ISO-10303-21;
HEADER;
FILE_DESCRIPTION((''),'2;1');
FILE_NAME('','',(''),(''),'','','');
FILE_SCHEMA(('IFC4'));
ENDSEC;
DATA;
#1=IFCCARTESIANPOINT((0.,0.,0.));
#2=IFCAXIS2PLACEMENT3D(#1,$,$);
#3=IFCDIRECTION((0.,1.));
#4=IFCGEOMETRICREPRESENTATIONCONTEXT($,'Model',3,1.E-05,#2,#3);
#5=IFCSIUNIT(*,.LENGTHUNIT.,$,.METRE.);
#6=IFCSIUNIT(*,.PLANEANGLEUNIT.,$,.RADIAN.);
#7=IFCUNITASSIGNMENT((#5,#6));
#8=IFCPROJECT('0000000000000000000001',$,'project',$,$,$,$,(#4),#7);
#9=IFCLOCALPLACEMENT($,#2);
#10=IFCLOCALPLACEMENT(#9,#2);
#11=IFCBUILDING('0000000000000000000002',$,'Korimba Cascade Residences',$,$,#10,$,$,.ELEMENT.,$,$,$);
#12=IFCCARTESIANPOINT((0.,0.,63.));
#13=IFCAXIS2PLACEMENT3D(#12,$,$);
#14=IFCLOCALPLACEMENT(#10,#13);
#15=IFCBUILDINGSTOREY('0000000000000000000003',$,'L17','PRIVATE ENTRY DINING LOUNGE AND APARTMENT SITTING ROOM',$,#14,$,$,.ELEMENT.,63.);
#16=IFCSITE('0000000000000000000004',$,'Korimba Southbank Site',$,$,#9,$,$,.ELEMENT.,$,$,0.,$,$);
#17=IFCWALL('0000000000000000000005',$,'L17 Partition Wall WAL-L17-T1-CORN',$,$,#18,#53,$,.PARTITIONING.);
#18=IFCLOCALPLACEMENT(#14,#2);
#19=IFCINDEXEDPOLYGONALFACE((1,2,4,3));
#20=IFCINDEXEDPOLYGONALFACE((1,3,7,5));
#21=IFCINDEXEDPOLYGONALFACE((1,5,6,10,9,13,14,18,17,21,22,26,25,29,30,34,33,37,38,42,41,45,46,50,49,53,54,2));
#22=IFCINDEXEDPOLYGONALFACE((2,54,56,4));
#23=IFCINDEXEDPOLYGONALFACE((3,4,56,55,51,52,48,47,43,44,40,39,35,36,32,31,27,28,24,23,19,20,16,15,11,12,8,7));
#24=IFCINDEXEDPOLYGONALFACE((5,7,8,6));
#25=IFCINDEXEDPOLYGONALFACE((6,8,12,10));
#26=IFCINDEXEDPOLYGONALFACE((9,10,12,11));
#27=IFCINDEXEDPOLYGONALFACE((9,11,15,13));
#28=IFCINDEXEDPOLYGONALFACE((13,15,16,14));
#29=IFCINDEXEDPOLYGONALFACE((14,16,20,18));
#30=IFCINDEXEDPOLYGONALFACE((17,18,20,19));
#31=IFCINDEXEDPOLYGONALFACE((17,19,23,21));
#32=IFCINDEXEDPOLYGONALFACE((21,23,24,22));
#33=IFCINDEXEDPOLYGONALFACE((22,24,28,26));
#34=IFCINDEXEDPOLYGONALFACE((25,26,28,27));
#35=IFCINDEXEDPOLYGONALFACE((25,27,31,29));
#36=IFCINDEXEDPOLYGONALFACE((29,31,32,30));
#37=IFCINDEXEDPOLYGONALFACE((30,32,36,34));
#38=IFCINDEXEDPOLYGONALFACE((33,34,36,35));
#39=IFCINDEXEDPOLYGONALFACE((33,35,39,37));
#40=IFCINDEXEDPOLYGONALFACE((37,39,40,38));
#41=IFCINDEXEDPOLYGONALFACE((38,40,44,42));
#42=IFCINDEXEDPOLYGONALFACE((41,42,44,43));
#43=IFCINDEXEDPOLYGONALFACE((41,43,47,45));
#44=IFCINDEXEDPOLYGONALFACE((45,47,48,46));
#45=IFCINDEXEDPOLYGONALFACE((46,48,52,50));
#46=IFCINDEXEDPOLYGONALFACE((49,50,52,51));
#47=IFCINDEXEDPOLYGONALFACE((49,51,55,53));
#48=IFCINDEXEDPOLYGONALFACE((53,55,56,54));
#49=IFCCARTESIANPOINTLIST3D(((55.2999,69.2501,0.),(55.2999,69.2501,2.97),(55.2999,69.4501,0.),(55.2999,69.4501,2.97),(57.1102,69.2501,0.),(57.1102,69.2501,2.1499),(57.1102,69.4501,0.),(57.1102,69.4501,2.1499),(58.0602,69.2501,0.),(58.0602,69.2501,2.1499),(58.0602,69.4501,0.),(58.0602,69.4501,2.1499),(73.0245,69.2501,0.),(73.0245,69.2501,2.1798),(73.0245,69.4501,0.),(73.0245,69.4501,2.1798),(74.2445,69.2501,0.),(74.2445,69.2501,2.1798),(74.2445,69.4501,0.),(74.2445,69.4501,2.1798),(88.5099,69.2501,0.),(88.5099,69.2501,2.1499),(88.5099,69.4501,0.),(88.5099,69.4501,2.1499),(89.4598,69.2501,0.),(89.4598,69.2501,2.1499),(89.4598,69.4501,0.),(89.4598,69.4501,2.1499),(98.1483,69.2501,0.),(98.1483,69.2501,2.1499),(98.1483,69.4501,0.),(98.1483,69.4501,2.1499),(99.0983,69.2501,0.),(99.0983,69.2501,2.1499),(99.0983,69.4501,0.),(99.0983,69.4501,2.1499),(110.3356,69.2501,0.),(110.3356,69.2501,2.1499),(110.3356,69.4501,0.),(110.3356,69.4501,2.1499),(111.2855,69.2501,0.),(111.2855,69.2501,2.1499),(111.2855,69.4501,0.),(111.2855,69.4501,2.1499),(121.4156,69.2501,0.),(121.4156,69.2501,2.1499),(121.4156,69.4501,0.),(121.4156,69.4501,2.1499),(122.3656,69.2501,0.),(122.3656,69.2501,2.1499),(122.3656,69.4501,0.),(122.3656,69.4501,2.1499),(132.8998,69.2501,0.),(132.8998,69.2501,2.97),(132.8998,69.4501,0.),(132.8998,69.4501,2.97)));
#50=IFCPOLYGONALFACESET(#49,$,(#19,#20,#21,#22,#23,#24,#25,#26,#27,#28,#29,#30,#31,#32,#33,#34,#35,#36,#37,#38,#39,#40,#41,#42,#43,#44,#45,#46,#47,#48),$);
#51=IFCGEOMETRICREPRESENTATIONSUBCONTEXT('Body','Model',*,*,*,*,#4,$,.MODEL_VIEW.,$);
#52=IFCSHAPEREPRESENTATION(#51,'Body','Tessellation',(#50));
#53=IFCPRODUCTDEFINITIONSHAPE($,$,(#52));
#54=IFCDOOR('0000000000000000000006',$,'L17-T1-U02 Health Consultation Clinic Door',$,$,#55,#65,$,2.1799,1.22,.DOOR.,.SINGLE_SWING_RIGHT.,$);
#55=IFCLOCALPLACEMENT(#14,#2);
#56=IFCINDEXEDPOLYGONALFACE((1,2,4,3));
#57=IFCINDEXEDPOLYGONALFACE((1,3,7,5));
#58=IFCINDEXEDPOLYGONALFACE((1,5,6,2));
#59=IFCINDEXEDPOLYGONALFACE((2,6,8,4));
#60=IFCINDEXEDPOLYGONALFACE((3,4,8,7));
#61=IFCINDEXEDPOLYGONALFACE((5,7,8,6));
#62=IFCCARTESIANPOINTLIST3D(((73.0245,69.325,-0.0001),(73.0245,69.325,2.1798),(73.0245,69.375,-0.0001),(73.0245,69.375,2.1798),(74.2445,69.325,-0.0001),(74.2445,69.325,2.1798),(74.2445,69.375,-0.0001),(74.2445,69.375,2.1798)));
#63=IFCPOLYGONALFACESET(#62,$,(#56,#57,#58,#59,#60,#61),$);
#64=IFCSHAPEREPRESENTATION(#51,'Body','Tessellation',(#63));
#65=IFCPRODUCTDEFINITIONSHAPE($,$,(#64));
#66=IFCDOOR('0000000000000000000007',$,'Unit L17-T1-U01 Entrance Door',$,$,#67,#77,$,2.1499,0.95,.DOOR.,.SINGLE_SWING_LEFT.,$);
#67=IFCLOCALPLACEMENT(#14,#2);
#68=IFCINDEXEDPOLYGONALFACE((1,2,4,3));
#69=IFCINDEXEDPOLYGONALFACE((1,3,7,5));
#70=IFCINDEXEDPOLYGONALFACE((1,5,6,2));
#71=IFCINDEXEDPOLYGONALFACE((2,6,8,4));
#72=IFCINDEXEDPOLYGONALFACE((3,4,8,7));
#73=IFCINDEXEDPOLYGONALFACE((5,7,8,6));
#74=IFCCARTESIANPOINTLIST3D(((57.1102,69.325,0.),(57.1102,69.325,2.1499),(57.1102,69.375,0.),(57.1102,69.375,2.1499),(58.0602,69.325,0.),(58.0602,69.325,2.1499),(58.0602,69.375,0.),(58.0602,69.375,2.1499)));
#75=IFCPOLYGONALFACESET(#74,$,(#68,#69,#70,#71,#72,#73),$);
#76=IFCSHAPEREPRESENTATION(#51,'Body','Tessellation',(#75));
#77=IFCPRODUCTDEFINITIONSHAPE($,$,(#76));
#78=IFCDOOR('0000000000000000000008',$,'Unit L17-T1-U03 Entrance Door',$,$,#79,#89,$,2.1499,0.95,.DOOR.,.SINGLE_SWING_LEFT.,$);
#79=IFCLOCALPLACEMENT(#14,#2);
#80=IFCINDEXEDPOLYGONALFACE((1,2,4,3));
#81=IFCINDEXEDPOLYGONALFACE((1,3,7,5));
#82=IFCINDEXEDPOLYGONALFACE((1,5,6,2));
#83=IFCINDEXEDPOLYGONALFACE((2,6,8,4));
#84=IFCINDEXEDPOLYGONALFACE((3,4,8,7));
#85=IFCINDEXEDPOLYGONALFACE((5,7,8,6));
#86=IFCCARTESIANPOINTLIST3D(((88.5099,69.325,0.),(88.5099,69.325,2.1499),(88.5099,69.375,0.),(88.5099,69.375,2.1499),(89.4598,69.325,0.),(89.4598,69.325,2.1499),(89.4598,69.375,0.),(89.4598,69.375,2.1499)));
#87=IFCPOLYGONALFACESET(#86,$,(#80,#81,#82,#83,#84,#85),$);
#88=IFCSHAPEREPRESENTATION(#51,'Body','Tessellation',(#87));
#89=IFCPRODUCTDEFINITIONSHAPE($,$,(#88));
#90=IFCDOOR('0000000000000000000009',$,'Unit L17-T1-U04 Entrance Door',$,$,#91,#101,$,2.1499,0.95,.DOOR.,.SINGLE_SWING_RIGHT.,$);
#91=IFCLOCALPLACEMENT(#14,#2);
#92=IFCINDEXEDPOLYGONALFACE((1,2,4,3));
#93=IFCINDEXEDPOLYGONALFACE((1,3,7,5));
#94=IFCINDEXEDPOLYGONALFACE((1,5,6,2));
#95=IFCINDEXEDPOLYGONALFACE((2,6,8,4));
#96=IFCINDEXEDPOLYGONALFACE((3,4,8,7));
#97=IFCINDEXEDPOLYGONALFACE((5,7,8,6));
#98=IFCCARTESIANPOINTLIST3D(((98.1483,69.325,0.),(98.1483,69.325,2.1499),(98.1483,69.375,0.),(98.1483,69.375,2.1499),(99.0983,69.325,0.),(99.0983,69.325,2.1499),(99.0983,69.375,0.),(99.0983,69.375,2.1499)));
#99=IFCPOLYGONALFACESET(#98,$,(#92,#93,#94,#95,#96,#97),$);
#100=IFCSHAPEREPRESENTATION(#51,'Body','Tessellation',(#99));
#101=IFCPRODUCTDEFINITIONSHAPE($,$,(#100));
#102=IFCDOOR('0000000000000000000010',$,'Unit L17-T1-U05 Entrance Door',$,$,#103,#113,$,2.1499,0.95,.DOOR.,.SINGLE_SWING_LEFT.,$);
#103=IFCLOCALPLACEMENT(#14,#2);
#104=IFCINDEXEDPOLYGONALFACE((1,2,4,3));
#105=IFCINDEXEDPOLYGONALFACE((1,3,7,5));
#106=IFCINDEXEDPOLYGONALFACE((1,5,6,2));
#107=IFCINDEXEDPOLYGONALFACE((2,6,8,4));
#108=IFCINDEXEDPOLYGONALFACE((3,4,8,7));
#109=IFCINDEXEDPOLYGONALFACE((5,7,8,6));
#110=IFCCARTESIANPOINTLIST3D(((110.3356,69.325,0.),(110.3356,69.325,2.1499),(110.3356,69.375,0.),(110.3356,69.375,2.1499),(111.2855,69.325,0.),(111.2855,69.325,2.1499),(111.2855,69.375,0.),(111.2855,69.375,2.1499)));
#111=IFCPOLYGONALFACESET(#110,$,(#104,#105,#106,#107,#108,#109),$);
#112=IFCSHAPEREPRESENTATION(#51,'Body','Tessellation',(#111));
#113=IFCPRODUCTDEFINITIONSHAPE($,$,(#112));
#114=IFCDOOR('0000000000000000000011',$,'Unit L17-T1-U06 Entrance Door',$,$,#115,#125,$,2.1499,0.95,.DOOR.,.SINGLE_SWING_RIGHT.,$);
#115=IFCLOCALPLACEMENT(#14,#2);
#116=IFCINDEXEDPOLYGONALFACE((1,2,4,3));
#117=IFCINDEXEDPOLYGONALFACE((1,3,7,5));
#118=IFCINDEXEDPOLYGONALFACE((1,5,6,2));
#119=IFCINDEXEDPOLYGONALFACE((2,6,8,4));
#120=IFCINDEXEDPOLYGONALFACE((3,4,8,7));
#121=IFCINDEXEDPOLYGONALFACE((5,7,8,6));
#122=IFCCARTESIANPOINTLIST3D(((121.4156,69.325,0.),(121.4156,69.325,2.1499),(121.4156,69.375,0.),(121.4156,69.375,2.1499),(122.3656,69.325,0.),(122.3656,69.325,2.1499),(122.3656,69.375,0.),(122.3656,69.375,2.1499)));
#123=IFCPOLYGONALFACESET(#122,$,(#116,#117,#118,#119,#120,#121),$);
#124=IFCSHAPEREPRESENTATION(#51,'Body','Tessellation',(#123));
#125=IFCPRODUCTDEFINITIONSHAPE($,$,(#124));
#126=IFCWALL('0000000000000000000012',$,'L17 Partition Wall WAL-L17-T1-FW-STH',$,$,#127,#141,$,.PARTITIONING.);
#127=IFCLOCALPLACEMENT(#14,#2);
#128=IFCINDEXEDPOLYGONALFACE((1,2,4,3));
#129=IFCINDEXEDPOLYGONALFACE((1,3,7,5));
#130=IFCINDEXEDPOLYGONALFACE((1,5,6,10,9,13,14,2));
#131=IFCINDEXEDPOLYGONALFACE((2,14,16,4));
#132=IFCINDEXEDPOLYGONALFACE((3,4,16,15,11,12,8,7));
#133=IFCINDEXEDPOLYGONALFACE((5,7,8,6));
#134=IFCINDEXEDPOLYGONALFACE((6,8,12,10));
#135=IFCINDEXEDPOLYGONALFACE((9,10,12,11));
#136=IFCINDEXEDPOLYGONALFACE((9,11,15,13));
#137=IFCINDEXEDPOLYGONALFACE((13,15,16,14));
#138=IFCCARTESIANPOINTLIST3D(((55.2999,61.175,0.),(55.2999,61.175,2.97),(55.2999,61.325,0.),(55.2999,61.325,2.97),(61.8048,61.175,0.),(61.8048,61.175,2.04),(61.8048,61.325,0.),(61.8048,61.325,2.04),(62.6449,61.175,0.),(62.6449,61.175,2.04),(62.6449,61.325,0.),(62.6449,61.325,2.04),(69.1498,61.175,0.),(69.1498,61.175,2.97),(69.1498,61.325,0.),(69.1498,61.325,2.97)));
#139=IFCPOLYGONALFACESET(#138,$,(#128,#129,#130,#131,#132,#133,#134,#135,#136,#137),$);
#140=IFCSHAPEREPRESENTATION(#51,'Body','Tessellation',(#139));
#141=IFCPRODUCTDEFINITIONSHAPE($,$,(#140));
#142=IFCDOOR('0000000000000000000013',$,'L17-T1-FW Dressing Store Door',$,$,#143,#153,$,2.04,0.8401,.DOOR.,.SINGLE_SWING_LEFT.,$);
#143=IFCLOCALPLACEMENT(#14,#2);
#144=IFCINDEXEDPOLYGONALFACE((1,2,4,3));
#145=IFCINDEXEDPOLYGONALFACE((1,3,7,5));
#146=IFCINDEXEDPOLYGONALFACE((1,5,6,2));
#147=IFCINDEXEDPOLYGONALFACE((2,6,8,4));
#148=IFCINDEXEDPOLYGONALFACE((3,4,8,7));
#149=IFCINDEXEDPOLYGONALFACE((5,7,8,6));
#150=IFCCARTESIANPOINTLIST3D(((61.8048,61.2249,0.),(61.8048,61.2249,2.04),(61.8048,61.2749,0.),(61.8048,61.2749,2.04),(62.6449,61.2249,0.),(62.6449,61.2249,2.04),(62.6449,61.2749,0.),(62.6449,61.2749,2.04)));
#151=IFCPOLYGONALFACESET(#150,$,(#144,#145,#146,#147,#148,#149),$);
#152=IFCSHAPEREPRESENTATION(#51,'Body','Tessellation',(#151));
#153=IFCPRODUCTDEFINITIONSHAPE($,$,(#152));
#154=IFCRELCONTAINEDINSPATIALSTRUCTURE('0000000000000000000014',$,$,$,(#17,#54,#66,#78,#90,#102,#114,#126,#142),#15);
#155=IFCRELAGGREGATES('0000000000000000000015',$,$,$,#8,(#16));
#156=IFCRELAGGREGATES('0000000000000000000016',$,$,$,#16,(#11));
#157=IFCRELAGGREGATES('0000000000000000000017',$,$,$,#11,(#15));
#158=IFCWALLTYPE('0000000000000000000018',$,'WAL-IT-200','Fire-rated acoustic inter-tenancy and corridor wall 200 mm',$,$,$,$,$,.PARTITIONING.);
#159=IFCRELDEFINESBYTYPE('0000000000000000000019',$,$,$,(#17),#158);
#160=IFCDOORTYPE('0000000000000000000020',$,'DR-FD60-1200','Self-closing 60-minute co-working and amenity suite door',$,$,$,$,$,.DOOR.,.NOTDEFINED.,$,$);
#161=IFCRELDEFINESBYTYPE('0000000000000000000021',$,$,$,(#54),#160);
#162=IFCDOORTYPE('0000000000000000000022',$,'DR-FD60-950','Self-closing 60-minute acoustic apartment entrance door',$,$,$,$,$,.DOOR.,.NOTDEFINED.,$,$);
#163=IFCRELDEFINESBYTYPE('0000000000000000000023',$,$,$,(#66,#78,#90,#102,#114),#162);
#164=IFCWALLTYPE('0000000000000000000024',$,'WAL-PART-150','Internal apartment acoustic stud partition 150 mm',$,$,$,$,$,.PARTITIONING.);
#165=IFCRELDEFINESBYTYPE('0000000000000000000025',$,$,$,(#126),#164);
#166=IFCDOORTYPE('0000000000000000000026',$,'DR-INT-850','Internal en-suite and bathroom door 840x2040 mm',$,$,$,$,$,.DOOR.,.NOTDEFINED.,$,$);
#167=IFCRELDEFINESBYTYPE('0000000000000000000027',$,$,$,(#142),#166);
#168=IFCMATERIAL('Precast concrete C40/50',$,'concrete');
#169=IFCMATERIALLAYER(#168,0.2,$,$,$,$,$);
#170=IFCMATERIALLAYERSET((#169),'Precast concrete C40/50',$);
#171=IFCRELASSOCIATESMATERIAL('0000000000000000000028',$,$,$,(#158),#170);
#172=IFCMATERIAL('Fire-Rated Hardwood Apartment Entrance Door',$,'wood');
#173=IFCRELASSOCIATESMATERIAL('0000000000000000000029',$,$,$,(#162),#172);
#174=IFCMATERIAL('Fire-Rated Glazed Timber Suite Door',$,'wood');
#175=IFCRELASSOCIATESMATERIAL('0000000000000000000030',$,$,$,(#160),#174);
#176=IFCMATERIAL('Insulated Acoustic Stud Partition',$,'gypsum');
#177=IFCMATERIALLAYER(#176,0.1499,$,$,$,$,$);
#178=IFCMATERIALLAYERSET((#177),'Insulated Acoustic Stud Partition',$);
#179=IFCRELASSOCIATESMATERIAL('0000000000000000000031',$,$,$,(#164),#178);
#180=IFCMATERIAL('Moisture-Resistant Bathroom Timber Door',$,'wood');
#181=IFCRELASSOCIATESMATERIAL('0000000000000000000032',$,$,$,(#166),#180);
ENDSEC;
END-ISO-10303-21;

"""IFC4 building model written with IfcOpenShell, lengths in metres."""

from ifc_helpers import new_model, si_unit, direction, frame, frame_2d, origin, place, context, subcontext, project, spatial, rectangle, extrude, material, layer, layer_set, type_object, element, fill, save


model = new_model("IFC4")

# Units and contexts
model_context = context("Model", 3, precision=1e-05, world=origin(), true_north=direction((0.0, 1.0)))
body_context = subcontext(model_context, "Body", "Model", "MODEL_VIEW")
ifc_project = project(units=[si_unit("LENGTHUNIT", "METRE"), si_unit("PLANEANGLEUNIT", "RADIAN")], contexts=[model_context])

# Site, building, storey
site_placement = place(None, origin())
site = spatial("IfcSite", under=ifc_project, at=site_placement, Name="Korimba Southbank Site", CompositionType="ELEMENT", RefElevation=0.0)
building_placement = place(site_placement, origin())
building = spatial("IfcBuilding", under=site, at=building_placement, Name="Korimba Cascade Residences", CompositionType="ELEMENT")
storey_placement = place(building_placement, frame((0.0, 0.0, 63.0)))
storey = spatial("IfcBuildingStorey", under=building, at=storey_placement, Name="L17", Description="PRIVATE ENTRY DINING LOUNGE AND APARTMENT SITTING ROOM", CompositionType="ELEMENT", Elevation=63.0)

# Shared definitions
ifc_material_1 = material(Name="Precast concrete C40/50", Category="concrete")
ifc_layer_1 = layer(ifc_material_1, 0.2)
ifc_layer_set_1 = layer_set([ifc_layer_1], Name="Precast concrete C40/50")
wall_type_1 = type_object("IfcWallType", Name="WAL-IT-200", Description="Fire-rated acoustic inter-tenancy and corridor wall 200 mm", PredefinedType="PARTITIONING", material=ifc_layer_set_1)
ifc_material_2 = material(Name="Fire-Rated Hardwood Apartment Entrance Door", Category="wood")
door_type_1 = type_object("IfcDoorType", Name="DR-FD60-950", Description="Self-closing 60-minute acoustic apartment entrance door", OperationType="NOTDEFINED", PredefinedType="DOOR", material=ifc_material_2)

# Wall, openings, doors
wall_1_placement = place(storey_placement, frame((55.3, 69.3501, 0.0), z_axis=(0.0, 0.0, 1.0), x_axis=(1.0, 0.0, 0.0)))
wall_1 = element("IfcWall", 1, at=wall_1_placement, inside=storey, type_object=wall_type_1, Name="L17 Partition Wall WAL-L17-T1-CORN", PredefinedType="PARTITIONING", context=body_context, shape_type="SweptSolid", body=[
    extrude(rectangle(XDim=77.5999, YDim=0.2, at=frame_2d((38.7998, 0.0))), origin(), (0.0, 0.0, 1.0), 2.97),
])
opening_1_placement = place(wall_1_placement, frame((1.8101, 0.0, 0.0)))
opening_1 = element("IfcOpeningElement", 2, at=opening_1_placement, cuts=wall_1, PredefinedType="OPENING", context=body_context, shape_type="SweptSolid", body=[
    extrude(rectangle(XDim=0.95, YDim=2.1499, at=frame_2d((0.4751, 1.075))), frame((0.0, 0.1099, 0.0), z_axis=(0.0, -1.0, 0.0), x_axis=(1.0, 0.0, 0.0)), (0.0, 0.0, 1.0), 0.22),
])
opening_2_placement = place(wall_1_placement, frame((17.7246, 0.0, 0.0)))
opening_2 = element("IfcOpeningElement", 3, at=opening_2_placement, cuts=wall_1, PredefinedType="OPENING", context=body_context, shape_type="SweptSolid", body=[
    extrude(rectangle(XDim=1.22, YDim=2.1799, at=frame_2d((0.6099, 1.0898))), frame((0.0, 0.1099, 0.0), z_axis=(0.0, -1.0, 0.0), x_axis=(1.0, 0.0, 0.0)), (0.0, 0.0, 1.0), 0.22),
])
opening_3_placement = place(wall_1_placement, frame((33.2097, 0.0, 0.0)))
opening_3 = element("IfcOpeningElement", 4, at=opening_3_placement, cuts=wall_1, PredefinedType="OPENING", context=body_context, shape_type="SweptSolid", body=[
    extrude(rectangle(XDim=0.95, YDim=2.1499, at=frame_2d((0.4751, 1.075))), frame((0.0, 0.1099, 0.0), z_axis=(0.0, -1.0, 0.0), x_axis=(1.0, 0.0, 0.0)), (0.0, 0.0, 1.0), 0.22),
])
opening_4_placement = place(wall_1_placement, frame((42.8481, 0.0, 0.0)))
opening_4 = element("IfcOpeningElement", 5, at=opening_4_placement, cuts=wall_1, PredefinedType="OPENING", context=body_context, shape_type="SweptSolid", body=[
    extrude(rectangle(XDim=0.95, YDim=2.1499, at=frame_2d((0.4751, 1.075))), frame((0.0, 0.1099, 0.0), z_axis=(0.0, -1.0, 0.0), x_axis=(1.0, 0.0, 0.0)), (0.0, 0.0, 1.0), 0.22),
])
opening_5_placement = place(wall_1_placement, frame((55.0354, 0.0, 0.0)))
opening_5 = element("IfcOpeningElement", 6, at=opening_5_placement, cuts=wall_1, PredefinedType="OPENING", context=body_context, shape_type="SweptSolid", body=[
    extrude(rectangle(XDim=0.95, YDim=2.1499, at=frame_2d((0.4751, 1.075))), frame((0.0, 0.1099, 0.0), z_axis=(0.0, -1.0, 0.0), x_axis=(1.0, 0.0, 0.0)), (0.0, 0.0, 1.0), 0.22),
])
opening_6_placement = place(wall_1_placement, frame((66.1155, 0.0, 0.0)))
opening_6 = element("IfcOpeningElement", 7, at=opening_6_placement, cuts=wall_1, PredefinedType="OPENING", context=body_context, shape_type="SweptSolid", body=[
    extrude(rectangle(XDim=0.95, YDim=2.1499, at=frame_2d((0.4751, 1.075))), frame((0.0, 0.1099, 0.0), z_axis=(0.0, -1.0, 0.0), x_axis=(1.0, 0.0, 0.0)), (0.0, 0.0, 1.0), 0.22),
])
ifc_material_3 = material(Name="Fire-Rated Glazed Timber Suite Door", Category="wood")
door_type_2 = type_object("IfcDoorType", Name="DR-FD60-1200", Description="Self-closing 60-minute co-working and amenity suite door", OperationType="NOTDEFINED", PredefinedType="DOOR", material=ifc_material_3)
door_1_placement = place(opening_2_placement, origin())
door_1 = element("IfcDoor", 8, at=door_1_placement, inside=storey, type_object=door_type_2, Name="L17-T1-U02 Health Consultation Clinic Door", OperationType="SINGLE_SWING_RIGHT", OverallHeight=2.1799, OverallWidth=1.22, PredefinedType="DOOR", context=body_context, shape_type="SweptSolid", body=[
    extrude(rectangle(XDim=1.22, YDim=2.1799, at=frame_2d((0.6099, 1.0898))), frame((0.0, 0.0249, 0.0), z_axis=(0.0, -1.0, 0.0), x_axis=(1.0, 0.0, 0.0)), (0.0, 0.0, 1.0), 0.05),
])
fill(opening_2, door_1)
door_2_placement = place(opening_1_placement, origin())
door_2 = element("IfcDoor", 9, at=door_2_placement, inside=storey, type_object=door_type_1, Name="Unit L17-T1-U01 Entrance Door", OperationType="SINGLE_SWING_LEFT", OverallHeight=2.1499, OverallWidth=0.95, PredefinedType="DOOR", context=body_context, shape_type="SweptSolid", body=[
    extrude(rectangle(XDim=0.95, YDim=2.1499, at=frame_2d((0.4751, 1.075))), frame((0.0, 0.0249, 0.0), z_axis=(0.0, -1.0, 0.0), x_axis=(1.0, 0.0, 0.0)), (0.0, 0.0, 1.0), 0.05),
])
fill(opening_1, door_2)
door_3_placement = place(opening_3_placement, origin())
door_3 = element("IfcDoor", 10, at=door_3_placement, inside=storey, type_object=door_type_1, Name="Unit L17-T1-U03 Entrance Door", OperationType="SINGLE_SWING_LEFT", OverallHeight=2.1499, OverallWidth=0.95, PredefinedType="DOOR", context=body_context, shape_type="SweptSolid", body=[
    extrude(rectangle(XDim=0.95, YDim=2.1499, at=frame_2d((0.4751, 1.075))), frame((0.0, 0.0249, 0.0), z_axis=(0.0, -1.0, 0.0), x_axis=(1.0, 0.0, 0.0)), (0.0, 0.0, 1.0), 0.05),
])
fill(opening_3, door_3)
door_4_placement = place(opening_4_placement, origin())
door_4 = element("IfcDoor", 11, at=door_4_placement, inside=storey, type_object=door_type_1, Name="Unit L17-T1-U04 Entrance Door", OperationType="SINGLE_SWING_RIGHT", OverallHeight=2.1499, OverallWidth=0.95, PredefinedType="DOOR", context=body_context, shape_type="SweptSolid", body=[
    extrude(rectangle(XDim=0.95, YDim=2.1499, at=frame_2d((0.4751, 1.075))), frame((0.0, 0.0249, 0.0), z_axis=(0.0, -1.0, 0.0), x_axis=(1.0, 0.0, 0.0)), (0.0, 0.0, 1.0), 0.05),
])
fill(opening_4, door_4)
door_5_placement = place(opening_5_placement, origin())
door_5 = element("IfcDoor", 12, at=door_5_placement, inside=storey, type_object=door_type_1, Name="Unit L17-T1-U05 Entrance Door", OperationType="SINGLE_SWING_LEFT", OverallHeight=2.1499, OverallWidth=0.95, PredefinedType="DOOR", context=body_context, shape_type="SweptSolid", body=[
    extrude(rectangle(XDim=0.95, YDim=2.1499, at=frame_2d((0.4751, 1.075))), frame((0.0, 0.0249, 0.0), z_axis=(0.0, -1.0, 0.0), x_axis=(1.0, 0.0, 0.0)), (0.0, 0.0, 1.0), 0.05),
])
fill(opening_5, door_5)
door_6_placement = place(opening_6_placement, origin())
door_6 = element("IfcDoor", 13, at=door_6_placement, inside=storey, type_object=door_type_1, Name="Unit L17-T1-U06 Entrance Door", OperationType="SINGLE_SWING_RIGHT", OverallHeight=2.1499, OverallWidth=0.95, PredefinedType="DOOR", context=body_context, shape_type="SweptSolid", body=[
    extrude(rectangle(XDim=0.95, YDim=2.1499, at=frame_2d((0.4751, 1.075))), frame((0.0, 0.0249, 0.0), z_axis=(0.0, -1.0, 0.0), x_axis=(1.0, 0.0, 0.0)), (0.0, 0.0, 1.0), 0.05),
])
fill(opening_6, door_6)

# Wall, opening, door
ifc_material_4 = material(Name="Insulated Acoustic Stud Partition", Category="gypsum")
ifc_layer_2 = layer(ifc_material_4, 0.1499)
ifc_layer_set_2 = layer_set([ifc_layer_2], Name="Insulated Acoustic Stud Partition")
wall_type_2 = type_object("IfcWallType", Name="WAL-PART-150", Description="Internal apartment acoustic stud partition 150 mm", PredefinedType="PARTITIONING", material=ifc_layer_set_2)
wall_2_placement = place(storey_placement, frame((55.3, 61.25, 0.0), z_axis=(0.0, 0.0, 1.0), x_axis=(1.0, 0.0, 0.0)))
wall_2 = element("IfcWall", 14, at=wall_2_placement, inside=storey, type_object=wall_type_2, Name="L17 Partition Wall WAL-L17-T1-FW-STH", PredefinedType="PARTITIONING", context=body_context, shape_type="SweptSolid", body=[
    extrude(rectangle(XDim=13.8499, YDim=0.1499, at=frame_2d((6.9248, 0.0))), origin(), (0.0, 0.0, 1.0), 2.97),
])
opening_7_placement = place(wall_2_placement, frame((6.5049, 0.0, 0.0)))
opening_7 = element("IfcOpeningElement", 15, at=opening_7_placement, cuts=wall_2, PredefinedType="OPENING", context=body_context, shape_type="SweptSolid", body=[
    extrude(rectangle(XDim=0.8401, YDim=2.04, at=frame_2d((0.4199, 1.02))), frame((0.0, 0.085, 0.0), z_axis=(0.0, -1.0, 0.0), x_axis=(1.0, 0.0, 0.0)), (0.0, 0.0, 1.0), 0.1699),
])
ifc_material_5 = material(Name="Moisture-Resistant Bathroom Timber Door", Category="wood")
door_type_3 = type_object("IfcDoorType", Name="DR-INT-850", Description="Internal en-suite and bathroom door 840x2040 mm", OperationType="NOTDEFINED", PredefinedType="DOOR", material=ifc_material_5)
door_7_placement = place(opening_7_placement, origin())
door_7 = element("IfcDoor", 16, at=door_7_placement, inside=storey, type_object=door_type_3, Name="L17-T1-FW Dressing Store Door", OperationType="SINGLE_SWING_LEFT", OverallHeight=2.04, OverallWidth=0.8401, PredefinedType="DOOR", context=body_context, shape_type="SweptSolid", body=[
    extrude(rectangle(XDim=0.8401, YDim=2.04, at=frame_2d((0.4199, 1.02))), frame((0.0, 0.0249, 0.0), z_axis=(0.0, -1.0, 0.0), x_axis=(1.0, 0.0, 0.0)), (0.0, 0.0, 1.0), 0.05),
])
fill(opening_7, door_7)

save(model, "model.ifc")
